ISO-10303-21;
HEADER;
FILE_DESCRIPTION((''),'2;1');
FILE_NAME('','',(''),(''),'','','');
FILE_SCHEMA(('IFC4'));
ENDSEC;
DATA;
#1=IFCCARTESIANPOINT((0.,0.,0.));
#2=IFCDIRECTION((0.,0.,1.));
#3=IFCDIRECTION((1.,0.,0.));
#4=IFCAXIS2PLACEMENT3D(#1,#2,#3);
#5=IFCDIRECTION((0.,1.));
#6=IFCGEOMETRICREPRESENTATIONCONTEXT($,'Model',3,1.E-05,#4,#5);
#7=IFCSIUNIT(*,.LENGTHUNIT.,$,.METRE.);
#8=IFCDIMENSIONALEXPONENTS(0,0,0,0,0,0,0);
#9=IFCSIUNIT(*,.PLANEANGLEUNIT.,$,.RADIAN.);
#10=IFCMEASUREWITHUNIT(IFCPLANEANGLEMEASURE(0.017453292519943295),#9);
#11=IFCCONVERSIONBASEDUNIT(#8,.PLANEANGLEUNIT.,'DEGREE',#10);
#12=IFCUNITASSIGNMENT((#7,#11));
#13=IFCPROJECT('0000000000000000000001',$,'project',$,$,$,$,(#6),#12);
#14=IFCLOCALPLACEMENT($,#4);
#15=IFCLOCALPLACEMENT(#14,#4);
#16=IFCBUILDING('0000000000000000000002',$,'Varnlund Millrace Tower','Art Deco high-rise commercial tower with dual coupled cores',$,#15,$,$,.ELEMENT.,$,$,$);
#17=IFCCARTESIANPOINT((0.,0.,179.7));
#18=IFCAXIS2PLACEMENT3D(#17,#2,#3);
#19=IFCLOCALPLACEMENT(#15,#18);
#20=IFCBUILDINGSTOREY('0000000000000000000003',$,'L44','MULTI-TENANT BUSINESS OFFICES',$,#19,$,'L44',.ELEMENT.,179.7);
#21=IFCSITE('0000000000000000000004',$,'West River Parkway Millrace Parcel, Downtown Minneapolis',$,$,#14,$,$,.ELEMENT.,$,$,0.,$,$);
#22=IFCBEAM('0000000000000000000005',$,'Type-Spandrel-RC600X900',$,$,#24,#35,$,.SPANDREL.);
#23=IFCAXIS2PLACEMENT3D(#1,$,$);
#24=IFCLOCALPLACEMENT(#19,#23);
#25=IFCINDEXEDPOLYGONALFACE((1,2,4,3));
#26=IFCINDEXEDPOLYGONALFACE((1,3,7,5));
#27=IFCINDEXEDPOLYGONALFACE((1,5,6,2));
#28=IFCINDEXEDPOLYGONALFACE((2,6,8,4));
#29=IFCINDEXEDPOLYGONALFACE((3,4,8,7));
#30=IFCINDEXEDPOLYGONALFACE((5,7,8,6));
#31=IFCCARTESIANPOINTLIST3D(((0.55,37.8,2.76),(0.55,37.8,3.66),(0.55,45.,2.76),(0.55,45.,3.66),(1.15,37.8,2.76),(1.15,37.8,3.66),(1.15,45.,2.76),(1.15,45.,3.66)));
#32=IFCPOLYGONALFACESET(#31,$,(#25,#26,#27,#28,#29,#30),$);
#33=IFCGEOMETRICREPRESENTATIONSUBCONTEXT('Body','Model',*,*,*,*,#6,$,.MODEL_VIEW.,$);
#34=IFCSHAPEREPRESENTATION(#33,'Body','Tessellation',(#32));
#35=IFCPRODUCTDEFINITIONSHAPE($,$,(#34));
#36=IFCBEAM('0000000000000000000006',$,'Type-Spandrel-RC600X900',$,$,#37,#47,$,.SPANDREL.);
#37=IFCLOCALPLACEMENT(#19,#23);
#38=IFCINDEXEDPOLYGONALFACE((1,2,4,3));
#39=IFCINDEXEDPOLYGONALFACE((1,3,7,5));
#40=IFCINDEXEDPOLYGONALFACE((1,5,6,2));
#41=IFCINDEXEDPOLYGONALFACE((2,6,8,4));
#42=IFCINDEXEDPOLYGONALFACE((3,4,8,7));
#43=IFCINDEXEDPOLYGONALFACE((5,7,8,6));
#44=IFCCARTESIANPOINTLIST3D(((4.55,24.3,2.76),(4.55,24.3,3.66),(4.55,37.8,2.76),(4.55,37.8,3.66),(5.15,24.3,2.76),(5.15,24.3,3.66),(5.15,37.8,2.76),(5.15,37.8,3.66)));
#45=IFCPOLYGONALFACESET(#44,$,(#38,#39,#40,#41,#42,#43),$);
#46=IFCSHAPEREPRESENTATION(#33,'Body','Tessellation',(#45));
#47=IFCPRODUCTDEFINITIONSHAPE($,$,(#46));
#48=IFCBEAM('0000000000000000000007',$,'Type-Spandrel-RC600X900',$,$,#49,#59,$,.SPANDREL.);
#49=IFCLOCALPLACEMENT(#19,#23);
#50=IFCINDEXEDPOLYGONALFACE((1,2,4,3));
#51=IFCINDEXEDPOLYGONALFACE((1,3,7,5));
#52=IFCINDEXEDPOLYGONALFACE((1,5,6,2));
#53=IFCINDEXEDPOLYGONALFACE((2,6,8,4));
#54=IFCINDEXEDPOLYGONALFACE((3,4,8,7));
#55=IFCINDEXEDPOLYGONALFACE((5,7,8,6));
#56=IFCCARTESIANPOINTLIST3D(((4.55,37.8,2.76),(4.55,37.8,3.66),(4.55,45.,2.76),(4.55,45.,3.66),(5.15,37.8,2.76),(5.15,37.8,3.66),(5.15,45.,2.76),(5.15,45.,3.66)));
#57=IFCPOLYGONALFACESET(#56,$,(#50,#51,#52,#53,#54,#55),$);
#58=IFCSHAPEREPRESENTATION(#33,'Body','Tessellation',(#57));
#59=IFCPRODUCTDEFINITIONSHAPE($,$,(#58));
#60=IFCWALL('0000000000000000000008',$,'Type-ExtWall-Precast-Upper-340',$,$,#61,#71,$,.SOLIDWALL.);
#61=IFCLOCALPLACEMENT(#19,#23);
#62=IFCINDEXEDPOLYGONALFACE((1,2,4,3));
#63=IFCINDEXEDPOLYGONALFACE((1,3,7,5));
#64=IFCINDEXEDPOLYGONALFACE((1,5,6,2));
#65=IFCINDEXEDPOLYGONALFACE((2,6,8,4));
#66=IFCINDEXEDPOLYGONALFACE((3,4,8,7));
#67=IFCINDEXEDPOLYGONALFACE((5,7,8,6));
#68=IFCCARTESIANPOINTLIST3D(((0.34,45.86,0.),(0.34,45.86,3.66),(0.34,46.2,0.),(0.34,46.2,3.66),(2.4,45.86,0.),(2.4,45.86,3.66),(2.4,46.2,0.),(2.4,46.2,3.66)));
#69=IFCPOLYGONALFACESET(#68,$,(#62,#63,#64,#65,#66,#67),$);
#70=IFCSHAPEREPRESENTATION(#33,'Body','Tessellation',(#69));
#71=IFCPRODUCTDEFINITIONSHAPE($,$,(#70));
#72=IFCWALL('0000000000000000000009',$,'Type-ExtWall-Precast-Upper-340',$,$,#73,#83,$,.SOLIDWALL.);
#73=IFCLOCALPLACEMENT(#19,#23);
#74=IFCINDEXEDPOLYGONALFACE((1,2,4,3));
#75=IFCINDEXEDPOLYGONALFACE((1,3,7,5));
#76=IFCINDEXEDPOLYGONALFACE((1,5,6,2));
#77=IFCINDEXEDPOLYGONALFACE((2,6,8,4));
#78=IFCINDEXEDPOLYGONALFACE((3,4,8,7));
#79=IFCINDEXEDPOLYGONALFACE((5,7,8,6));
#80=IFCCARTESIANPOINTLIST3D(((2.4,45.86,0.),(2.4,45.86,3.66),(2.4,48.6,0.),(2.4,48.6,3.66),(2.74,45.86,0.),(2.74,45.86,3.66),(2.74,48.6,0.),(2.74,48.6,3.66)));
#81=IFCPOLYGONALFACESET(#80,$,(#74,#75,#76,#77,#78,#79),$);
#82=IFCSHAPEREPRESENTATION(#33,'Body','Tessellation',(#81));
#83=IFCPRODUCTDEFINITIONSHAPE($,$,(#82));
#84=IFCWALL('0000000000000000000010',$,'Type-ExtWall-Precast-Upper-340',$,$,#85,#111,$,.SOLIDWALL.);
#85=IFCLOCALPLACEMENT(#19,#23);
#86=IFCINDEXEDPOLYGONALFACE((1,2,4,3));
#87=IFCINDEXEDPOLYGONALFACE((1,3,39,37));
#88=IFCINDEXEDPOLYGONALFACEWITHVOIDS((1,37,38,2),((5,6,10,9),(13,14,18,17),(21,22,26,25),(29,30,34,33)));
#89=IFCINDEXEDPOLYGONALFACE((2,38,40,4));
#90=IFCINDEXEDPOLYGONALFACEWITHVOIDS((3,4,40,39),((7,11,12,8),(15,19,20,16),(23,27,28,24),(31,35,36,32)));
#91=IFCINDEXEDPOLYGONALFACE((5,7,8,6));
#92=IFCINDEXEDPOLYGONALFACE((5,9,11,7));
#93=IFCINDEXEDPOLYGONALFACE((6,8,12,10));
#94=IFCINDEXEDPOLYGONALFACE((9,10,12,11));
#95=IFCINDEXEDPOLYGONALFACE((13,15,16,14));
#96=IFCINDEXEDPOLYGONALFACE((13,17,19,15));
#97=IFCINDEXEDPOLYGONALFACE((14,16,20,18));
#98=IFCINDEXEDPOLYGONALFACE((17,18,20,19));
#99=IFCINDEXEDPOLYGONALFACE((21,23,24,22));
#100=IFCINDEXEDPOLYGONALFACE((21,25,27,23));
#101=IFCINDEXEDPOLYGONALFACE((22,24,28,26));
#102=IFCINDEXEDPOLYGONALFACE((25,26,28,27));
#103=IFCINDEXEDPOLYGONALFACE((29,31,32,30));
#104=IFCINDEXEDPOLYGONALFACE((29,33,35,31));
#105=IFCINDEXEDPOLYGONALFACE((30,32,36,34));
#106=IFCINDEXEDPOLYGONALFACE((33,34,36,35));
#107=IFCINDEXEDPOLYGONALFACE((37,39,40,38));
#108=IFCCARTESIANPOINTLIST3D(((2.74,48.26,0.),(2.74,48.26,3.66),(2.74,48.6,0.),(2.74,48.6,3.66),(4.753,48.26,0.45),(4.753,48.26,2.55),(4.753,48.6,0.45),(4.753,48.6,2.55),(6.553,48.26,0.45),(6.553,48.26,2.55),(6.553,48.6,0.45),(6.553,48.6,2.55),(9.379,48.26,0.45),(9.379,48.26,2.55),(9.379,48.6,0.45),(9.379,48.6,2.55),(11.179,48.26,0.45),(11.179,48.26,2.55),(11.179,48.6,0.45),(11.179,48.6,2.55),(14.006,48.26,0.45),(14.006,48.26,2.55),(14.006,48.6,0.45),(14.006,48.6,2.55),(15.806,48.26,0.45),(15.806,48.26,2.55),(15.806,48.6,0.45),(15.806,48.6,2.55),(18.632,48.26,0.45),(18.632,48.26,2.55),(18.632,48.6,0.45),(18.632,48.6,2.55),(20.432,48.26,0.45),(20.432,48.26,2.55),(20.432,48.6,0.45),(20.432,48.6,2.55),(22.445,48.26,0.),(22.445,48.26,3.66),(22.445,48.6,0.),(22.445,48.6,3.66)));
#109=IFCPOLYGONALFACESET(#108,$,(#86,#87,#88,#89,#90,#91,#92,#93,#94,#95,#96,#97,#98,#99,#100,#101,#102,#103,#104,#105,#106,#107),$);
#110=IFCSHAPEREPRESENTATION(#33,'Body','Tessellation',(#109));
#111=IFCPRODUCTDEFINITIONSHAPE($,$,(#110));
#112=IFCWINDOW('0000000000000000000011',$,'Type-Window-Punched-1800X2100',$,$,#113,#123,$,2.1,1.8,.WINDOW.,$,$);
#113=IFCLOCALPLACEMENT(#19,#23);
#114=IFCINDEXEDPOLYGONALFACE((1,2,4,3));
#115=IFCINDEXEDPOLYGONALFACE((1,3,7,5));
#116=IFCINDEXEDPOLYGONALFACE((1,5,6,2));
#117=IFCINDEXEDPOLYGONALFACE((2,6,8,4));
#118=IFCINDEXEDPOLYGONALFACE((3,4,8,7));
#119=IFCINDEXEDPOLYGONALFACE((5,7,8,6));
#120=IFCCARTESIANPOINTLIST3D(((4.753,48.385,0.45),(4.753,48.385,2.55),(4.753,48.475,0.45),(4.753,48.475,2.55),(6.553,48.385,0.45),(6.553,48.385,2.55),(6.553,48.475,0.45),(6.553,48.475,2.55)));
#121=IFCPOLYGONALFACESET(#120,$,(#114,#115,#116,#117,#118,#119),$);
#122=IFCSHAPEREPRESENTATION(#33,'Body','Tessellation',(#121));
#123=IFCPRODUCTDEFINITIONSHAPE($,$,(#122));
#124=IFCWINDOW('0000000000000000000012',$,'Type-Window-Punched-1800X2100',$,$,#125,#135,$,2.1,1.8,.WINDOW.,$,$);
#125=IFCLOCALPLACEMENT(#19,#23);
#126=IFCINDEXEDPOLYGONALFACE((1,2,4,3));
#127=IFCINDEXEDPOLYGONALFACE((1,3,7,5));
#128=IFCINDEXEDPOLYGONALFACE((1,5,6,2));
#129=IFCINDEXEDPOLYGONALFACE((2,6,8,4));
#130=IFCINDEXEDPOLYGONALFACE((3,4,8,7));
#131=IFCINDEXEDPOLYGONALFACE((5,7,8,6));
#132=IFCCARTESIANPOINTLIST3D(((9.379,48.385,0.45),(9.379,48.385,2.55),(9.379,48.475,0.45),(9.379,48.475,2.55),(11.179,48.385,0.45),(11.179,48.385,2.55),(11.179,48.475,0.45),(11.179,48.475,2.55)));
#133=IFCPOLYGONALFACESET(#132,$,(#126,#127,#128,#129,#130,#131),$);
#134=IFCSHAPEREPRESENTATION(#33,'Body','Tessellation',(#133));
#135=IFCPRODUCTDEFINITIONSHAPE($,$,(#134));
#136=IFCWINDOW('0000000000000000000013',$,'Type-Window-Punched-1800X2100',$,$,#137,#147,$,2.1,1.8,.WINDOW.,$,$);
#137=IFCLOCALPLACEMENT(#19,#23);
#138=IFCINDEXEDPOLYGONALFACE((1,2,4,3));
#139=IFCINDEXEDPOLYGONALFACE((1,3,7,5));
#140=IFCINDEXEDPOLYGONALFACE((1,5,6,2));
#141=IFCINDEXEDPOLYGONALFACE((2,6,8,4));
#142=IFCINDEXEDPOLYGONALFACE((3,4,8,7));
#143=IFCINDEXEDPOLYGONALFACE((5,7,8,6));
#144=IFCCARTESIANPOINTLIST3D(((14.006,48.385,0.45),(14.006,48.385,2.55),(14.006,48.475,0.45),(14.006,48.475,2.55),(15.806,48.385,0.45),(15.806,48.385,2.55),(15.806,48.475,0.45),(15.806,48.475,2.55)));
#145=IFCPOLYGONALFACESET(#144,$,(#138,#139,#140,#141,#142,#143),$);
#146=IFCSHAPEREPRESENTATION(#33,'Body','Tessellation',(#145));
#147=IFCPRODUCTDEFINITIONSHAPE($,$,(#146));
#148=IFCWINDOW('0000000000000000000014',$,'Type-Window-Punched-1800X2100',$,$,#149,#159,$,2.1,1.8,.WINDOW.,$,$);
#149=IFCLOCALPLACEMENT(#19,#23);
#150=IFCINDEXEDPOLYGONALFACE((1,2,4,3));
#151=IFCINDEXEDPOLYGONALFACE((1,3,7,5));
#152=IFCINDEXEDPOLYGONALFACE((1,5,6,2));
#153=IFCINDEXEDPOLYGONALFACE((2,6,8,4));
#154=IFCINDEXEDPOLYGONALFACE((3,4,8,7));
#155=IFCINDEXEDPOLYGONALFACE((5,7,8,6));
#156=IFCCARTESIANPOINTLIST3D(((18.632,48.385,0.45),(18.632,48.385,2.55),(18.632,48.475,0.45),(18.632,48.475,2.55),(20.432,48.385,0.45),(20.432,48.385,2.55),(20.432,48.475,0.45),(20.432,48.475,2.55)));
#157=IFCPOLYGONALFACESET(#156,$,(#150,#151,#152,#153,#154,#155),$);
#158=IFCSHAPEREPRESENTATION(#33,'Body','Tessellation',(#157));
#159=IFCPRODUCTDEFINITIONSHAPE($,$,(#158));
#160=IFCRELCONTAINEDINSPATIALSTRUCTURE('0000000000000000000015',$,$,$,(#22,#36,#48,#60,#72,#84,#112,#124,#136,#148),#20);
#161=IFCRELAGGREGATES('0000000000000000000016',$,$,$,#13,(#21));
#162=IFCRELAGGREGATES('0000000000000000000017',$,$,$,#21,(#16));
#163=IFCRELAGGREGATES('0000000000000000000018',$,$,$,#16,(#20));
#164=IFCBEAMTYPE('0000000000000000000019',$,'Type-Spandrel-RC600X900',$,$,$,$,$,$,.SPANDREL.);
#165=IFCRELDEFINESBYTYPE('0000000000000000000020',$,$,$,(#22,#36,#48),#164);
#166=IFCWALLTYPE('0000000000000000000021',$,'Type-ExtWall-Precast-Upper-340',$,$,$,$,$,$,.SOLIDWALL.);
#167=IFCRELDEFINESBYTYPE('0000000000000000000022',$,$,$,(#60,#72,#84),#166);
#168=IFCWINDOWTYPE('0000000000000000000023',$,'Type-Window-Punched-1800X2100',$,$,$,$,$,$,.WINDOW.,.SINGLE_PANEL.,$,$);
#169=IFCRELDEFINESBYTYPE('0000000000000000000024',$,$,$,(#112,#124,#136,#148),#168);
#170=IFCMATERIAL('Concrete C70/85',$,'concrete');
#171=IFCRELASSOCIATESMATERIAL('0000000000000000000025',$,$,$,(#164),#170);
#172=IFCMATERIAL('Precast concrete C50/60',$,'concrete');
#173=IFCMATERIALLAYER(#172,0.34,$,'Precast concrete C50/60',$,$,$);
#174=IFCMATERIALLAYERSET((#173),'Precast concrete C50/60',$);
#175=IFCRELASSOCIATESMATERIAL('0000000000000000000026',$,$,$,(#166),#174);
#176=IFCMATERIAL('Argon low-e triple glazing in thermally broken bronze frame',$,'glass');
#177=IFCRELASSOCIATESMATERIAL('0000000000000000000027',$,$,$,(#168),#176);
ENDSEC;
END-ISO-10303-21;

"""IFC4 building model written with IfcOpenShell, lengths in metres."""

from ifc_helpers import new_model, entity, si_unit, converted_unit, direction, frame, origin_with_axes, origin_2d_with_axis, place, context, subcontext, project, spatial, polyline, rectangle, outline, extrude, material, layer, layer_set, material_profile, profile_set, type_object, element, fill, save


model = new_model("IFC4")

# Units and contexts
model_context = context("Model", 3, precision=1e-05, world=origin_with_axes(), true_north=direction((0.0, 1.0)))
body_context = subcontext(model_context, "Body", "Model", "MODEL_VIEW")
ifc_project = project(units=[si_unit("LENGTHUNIT", "METRE"), converted_unit("PLANEANGLEUNIT", "DEGREE", entity("IfcPlaneAngleMeasure", 0.017453292519943295), si_unit("PLANEANGLEUNIT", "RADIAN"), dimensions=[0, 0, 0, 0, 0, 0, 0])], contexts=[model_context])

# Site, building, storey
site_placement = place(None, origin_with_axes())
site = spatial("IfcSite", under=ifc_project, at=site_placement, Name="West River Parkway Millrace Parcel, Downtown Minneapolis", CompositionType="ELEMENT", RefElevation=0.0)
building_placement = place(site_placement, origin_with_axes())
building = spatial("IfcBuilding", under=site, at=building_placement, Name="Varnlund Millrace Tower", Description="Art Deco high-rise commercial tower with dual coupled cores", CompositionType="ELEMENT")
storey_placement = place(building_placement, frame((0.0, 0.0, 179.7), z_axis=(0.0, 0.0, 1.0), x_axis=(1.0, 0.0, 0.0)))
storey = spatial("IfcBuildingStorey", under=building, at=storey_placement, Name="L44", Description="MULTI-TENANT BUSINESS OFFICES", LongName="L44", CompositionType="ELEMENT", Elevation=179.7)

# Beams
ifc_material_1 = material(Name="Concrete C70/85", Category="concrete")
ifc_material_profile_1 = material_profile(ifc_material_1, rectangle(XDim=0.6, YDim=0.9, at=origin_2d_with_axis()), Name="Concrete C70/85")
ifc_profile_set_1 = profile_set([ifc_material_profile_1], Name="Concrete C70/85")
beam_type_1 = type_object("IfcBeamType", Name="Type-Spandrel-RC600X900", PredefinedType="SPANDREL", material=ifc_profile_set_1)
beam_1_placement = place(storey_placement, frame((0.85, 37.8, 3.21), z_axis=(0.0, 1.0, 0.0), x_axis=(-1.0, 0.0, 0.0)))
element("IfcBeam", 1, at=beam_1_placement, inside=storey, type_object=beam_type_1, Name="Type-Spandrel-RC600X900", PredefinedType="SPANDREL", context=body_context, shape_type="SweptSolid", body=[
    extrude(rectangle(XDim=0.6, YDim=0.9, at=origin_2d_with_axis()), origin_with_axes(), (0.0, 0.0, 1.0), 7.2),
])
beam_2_placement = place(storey_placement, frame((4.85, 24.3, 3.21), z_axis=(0.0, 1.0, 0.0), x_axis=(-1.0, 0.0, 0.0)))
element("IfcBeam", 2, at=beam_2_placement, inside=storey, type_object=beam_type_1, Name="Type-Spandrel-RC600X900", PredefinedType="SPANDREL", context=body_context, shape_type="SweptSolid", body=[
    extrude(rectangle(XDim=0.6, YDim=0.9, at=origin_2d_with_axis()), origin_with_axes(), (0.0, 0.0, 1.0), 13.5),
])
beam_3_placement = place(storey_placement, frame((4.85, 37.8, 3.21), z_axis=(0.0, 1.0, 0.0), x_axis=(-1.0, 0.0, 0.0)))
element("IfcBeam", 3, at=beam_3_placement, inside=storey, type_object=beam_type_1, Name="Type-Spandrel-RC600X900", PredefinedType="SPANDREL", context=body_context, shape_type="SweptSolid", body=[
    extrude(rectangle(XDim=0.6, YDim=0.9, at=origin_2d_with_axis()), origin_with_axes(), (0.0, 0.0, 1.0), 7.2),
])

# Walls
ifc_material_2 = material(Name="Precast concrete C50/60", Category="concrete")
ifc_layer = layer(ifc_material_2, 0.34, Name="Precast concrete C50/60")
ifc_layer_set = layer_set([ifc_layer], Name="Precast concrete C50/60")
wall_type = type_object("IfcWallType", Name="Type-ExtWall-Precast-Upper-340", PredefinedType="SOLIDWALL", material=ifc_layer_set)
wall_1_placement = place(storey_placement, frame((0.34, 46.03, 0.0), z_axis=(0.0, 0.0, 1.0), x_axis=(1.0, 0.0, 0.0)))
element("IfcWall", 4, at=wall_1_placement, inside=storey, type_object=wall_type, Name="Type-ExtWall-Precast-Upper-340", PredefinedType="SOLIDWALL", context=body_context, shape_type="SweptSolid", body=[
    extrude(outline(polyline([(0.0, -0.17), (2.06, -0.17), (2.06, 0.17), (0.0, 0.17), (0.0, -0.17)])), origin_with_axes(), (0.0, 0.0, 1.0), 3.66),
])
wall_2_placement = place(storey_placement, frame((2.57, 45.86, 0.0), z_axis=(0.0, 0.0, 1.0), x_axis=(0.0, 1.0, 0.0)))
element("IfcWall", 5, at=wall_2_placement, inside=storey, type_object=wall_type, Name="Type-ExtWall-Precast-Upper-340", PredefinedType="SOLIDWALL", context=body_context, shape_type="SweptSolid", body=[
    extrude(outline(polyline([(0.0, -0.17), (2.74, -0.17), (2.74, 0.17), (0.0, 0.17), (0.0, -0.17)])), origin_with_axes(), (0.0, 0.0, 1.0), 3.66),
])

# Wall, openings, windows
wall_3_placement = place(storey_placement, frame((2.74, 48.43, 0.0), z_axis=(0.0, 0.0, 1.0), x_axis=(1.0, 0.0, 0.0)))
wall_3 = element("IfcWall", 6, at=wall_3_placement, inside=storey, type_object=wall_type, Name="Type-ExtWall-Precast-Upper-340", PredefinedType="SOLIDWALL", context=body_context, shape_type="SweptSolid", body=[
    extrude(outline(polyline([(0.0, -0.17), (19.705, -0.17), (19.705, 0.17), (0.0, 0.17), (0.0, -0.17)])), origin_with_axes(), (0.0, 0.0, 1.0), 3.66),
])
opening_1_placement = place(wall_3_placement, frame((2.913, 0.0, 0.45), z_axis=(0.0, 0.0, 1.0), x_axis=(1.0, 0.0, 0.0)))
opening_1 = element("IfcOpeningElement", 7, at=opening_1_placement, cuts=wall_3, PredefinedType="OPENING", context=body_context, shape_type="SweptSolid", body=[
    extrude(rectangle(XDim=1.8, YDim=0.36, at=origin_2d_with_axis()), origin_with_axes(), (0.0, 0.0, 1.0), 2.1),
])
opening_2_placement = place(wall_3_placement, frame((7.539, 0.0, 0.45), z_axis=(0.0, 0.0, 1.0), x_axis=(1.0, 0.0, 0.0)))
opening_2 = element("IfcOpeningElement", 8, at=opening_2_placement, cuts=wall_3, PredefinedType="OPENING", context=body_context, shape_type="SweptSolid", body=[
    extrude(rectangle(XDim=1.8, YDim=0.36, at=origin_2d_with_axis()), origin_with_axes(), (0.0, 0.0, 1.0), 2.1),
])
opening_3_placement = place(wall_3_placement, frame((12.166, 0.0, 0.45), z_axis=(0.0, 0.0, 1.0), x_axis=(1.0, 0.0, 0.0)))
opening_3 = element("IfcOpeningElement", 9, at=opening_3_placement, cuts=wall_3, PredefinedType="OPENING", context=body_context, shape_type="SweptSolid", body=[
    extrude(rectangle(XDim=1.8, YDim=0.36, at=origin_2d_with_axis()), origin_with_axes(), (0.0, 0.0, 1.0), 2.1),
])
opening_4_placement = place(wall_3_placement, frame((16.792, 0.0, 0.45), z_axis=(0.0, 0.0, 1.0), x_axis=(1.0, 0.0, 0.0)))
opening_4 = element("IfcOpeningElement", 10, at=opening_4_placement, cuts=wall_3, PredefinedType="OPENING", context=body_context, shape_type="SweptSolid", body=[
    extrude(rectangle(XDim=1.8, YDim=0.36, at=origin_2d_with_axis()), origin_with_axes(), (0.0, 0.0, 1.0), 2.1),
])
ifc_material_3 = material(Name="Argon low-e triple glazing in thermally broken bronze frame", Category="glass")
window_type = type_object("IfcWindowType", Name="Type-Window-Punched-1800X2100", PartitioningType="SINGLE_PANEL", PredefinedType="WINDOW", material=ifc_material_3)
window_1_placement = place(wall_3_placement, frame((2.913, 0.0, 0.45), z_axis=(0.0, 0.0, 1.0), x_axis=(1.0, 0.0, 0.0)))
window_1 = element("IfcWindow", 11, at=window_1_placement, inside=storey, type_object=window_type, Name="Type-Window-Punched-1800X2100", OverallHeight=2.1, OverallWidth=1.8, PredefinedType="WINDOW", context=body_context, shape_type="SweptSolid", body=[
    extrude(rectangle(XDim=1.8, YDim=0.09, at=origin_2d_with_axis()), origin_with_axes(), (0.0, 0.0, 1.0), 2.1),
])
fill(opening_1, window_1)
window_2_placement = place(wall_3_placement, frame((7.539, 0.0, 0.45), z_axis=(0.0, 0.0, 1.0), x_axis=(1.0, 0.0, 0.0)))
window_2 = element("IfcWindow", 12, at=window_2_placement, inside=storey, type_object=window_type, Name="Type-Window-Punched-1800X2100", OverallHeight=2.1, OverallWidth=1.8, PredefinedType="WINDOW", context=body_context, shape_type="SweptSolid", body=[
    extrude(rectangle(XDim=1.8, YDim=0.09, at=origin_2d_with_axis()), origin_with_axes(), (0.0, 0.0, 1.0), 2.1),
])
fill(opening_2, window_2)
window_3_placement = place(wall_3_placement, frame((12.166, 0.0, 0.45), z_axis=(0.0, 0.0, 1.0), x_axis=(1.0, 0.0, 0.0)))
window_3 = element("IfcWindow", 13, at=window_3_placement, inside=storey, type_object=window_type, Name="Type-Window-Punched-1800X2100", OverallHeight=2.1, OverallWidth=1.8, PredefinedType="WINDOW", context=body_context, shape_type="SweptSolid", body=[
    extrude(rectangle(XDim=1.8, YDim=0.09, at=origin_2d_with_axis()), origin_with_axes(), (0.0, 0.0, 1.0), 2.1),
])
fill(opening_3, window_3)
window_4_placement = place(wall_3_placement, frame((16.792, 0.0, 0.45), z_axis=(0.0, 0.0, 1.0), x_axis=(1.0, 0.0, 0.0)))
window_4 = element("IfcWindow", 14, at=window_4_placement, inside=storey, type_object=window_type, Name="Type-Window-Punched-1800X2100", OverallHeight=2.1, OverallWidth=1.8, PredefinedType="WINDOW", context=body_context, shape_type="SweptSolid", body=[
    extrude(rectangle(XDim=1.8, YDim=0.09, at=origin_2d_with_axis()), origin_with_axes(), (0.0, 0.0, 1.0), 2.1),
])
fill(opening_4, window_4)

save(model, "model.ifc")
